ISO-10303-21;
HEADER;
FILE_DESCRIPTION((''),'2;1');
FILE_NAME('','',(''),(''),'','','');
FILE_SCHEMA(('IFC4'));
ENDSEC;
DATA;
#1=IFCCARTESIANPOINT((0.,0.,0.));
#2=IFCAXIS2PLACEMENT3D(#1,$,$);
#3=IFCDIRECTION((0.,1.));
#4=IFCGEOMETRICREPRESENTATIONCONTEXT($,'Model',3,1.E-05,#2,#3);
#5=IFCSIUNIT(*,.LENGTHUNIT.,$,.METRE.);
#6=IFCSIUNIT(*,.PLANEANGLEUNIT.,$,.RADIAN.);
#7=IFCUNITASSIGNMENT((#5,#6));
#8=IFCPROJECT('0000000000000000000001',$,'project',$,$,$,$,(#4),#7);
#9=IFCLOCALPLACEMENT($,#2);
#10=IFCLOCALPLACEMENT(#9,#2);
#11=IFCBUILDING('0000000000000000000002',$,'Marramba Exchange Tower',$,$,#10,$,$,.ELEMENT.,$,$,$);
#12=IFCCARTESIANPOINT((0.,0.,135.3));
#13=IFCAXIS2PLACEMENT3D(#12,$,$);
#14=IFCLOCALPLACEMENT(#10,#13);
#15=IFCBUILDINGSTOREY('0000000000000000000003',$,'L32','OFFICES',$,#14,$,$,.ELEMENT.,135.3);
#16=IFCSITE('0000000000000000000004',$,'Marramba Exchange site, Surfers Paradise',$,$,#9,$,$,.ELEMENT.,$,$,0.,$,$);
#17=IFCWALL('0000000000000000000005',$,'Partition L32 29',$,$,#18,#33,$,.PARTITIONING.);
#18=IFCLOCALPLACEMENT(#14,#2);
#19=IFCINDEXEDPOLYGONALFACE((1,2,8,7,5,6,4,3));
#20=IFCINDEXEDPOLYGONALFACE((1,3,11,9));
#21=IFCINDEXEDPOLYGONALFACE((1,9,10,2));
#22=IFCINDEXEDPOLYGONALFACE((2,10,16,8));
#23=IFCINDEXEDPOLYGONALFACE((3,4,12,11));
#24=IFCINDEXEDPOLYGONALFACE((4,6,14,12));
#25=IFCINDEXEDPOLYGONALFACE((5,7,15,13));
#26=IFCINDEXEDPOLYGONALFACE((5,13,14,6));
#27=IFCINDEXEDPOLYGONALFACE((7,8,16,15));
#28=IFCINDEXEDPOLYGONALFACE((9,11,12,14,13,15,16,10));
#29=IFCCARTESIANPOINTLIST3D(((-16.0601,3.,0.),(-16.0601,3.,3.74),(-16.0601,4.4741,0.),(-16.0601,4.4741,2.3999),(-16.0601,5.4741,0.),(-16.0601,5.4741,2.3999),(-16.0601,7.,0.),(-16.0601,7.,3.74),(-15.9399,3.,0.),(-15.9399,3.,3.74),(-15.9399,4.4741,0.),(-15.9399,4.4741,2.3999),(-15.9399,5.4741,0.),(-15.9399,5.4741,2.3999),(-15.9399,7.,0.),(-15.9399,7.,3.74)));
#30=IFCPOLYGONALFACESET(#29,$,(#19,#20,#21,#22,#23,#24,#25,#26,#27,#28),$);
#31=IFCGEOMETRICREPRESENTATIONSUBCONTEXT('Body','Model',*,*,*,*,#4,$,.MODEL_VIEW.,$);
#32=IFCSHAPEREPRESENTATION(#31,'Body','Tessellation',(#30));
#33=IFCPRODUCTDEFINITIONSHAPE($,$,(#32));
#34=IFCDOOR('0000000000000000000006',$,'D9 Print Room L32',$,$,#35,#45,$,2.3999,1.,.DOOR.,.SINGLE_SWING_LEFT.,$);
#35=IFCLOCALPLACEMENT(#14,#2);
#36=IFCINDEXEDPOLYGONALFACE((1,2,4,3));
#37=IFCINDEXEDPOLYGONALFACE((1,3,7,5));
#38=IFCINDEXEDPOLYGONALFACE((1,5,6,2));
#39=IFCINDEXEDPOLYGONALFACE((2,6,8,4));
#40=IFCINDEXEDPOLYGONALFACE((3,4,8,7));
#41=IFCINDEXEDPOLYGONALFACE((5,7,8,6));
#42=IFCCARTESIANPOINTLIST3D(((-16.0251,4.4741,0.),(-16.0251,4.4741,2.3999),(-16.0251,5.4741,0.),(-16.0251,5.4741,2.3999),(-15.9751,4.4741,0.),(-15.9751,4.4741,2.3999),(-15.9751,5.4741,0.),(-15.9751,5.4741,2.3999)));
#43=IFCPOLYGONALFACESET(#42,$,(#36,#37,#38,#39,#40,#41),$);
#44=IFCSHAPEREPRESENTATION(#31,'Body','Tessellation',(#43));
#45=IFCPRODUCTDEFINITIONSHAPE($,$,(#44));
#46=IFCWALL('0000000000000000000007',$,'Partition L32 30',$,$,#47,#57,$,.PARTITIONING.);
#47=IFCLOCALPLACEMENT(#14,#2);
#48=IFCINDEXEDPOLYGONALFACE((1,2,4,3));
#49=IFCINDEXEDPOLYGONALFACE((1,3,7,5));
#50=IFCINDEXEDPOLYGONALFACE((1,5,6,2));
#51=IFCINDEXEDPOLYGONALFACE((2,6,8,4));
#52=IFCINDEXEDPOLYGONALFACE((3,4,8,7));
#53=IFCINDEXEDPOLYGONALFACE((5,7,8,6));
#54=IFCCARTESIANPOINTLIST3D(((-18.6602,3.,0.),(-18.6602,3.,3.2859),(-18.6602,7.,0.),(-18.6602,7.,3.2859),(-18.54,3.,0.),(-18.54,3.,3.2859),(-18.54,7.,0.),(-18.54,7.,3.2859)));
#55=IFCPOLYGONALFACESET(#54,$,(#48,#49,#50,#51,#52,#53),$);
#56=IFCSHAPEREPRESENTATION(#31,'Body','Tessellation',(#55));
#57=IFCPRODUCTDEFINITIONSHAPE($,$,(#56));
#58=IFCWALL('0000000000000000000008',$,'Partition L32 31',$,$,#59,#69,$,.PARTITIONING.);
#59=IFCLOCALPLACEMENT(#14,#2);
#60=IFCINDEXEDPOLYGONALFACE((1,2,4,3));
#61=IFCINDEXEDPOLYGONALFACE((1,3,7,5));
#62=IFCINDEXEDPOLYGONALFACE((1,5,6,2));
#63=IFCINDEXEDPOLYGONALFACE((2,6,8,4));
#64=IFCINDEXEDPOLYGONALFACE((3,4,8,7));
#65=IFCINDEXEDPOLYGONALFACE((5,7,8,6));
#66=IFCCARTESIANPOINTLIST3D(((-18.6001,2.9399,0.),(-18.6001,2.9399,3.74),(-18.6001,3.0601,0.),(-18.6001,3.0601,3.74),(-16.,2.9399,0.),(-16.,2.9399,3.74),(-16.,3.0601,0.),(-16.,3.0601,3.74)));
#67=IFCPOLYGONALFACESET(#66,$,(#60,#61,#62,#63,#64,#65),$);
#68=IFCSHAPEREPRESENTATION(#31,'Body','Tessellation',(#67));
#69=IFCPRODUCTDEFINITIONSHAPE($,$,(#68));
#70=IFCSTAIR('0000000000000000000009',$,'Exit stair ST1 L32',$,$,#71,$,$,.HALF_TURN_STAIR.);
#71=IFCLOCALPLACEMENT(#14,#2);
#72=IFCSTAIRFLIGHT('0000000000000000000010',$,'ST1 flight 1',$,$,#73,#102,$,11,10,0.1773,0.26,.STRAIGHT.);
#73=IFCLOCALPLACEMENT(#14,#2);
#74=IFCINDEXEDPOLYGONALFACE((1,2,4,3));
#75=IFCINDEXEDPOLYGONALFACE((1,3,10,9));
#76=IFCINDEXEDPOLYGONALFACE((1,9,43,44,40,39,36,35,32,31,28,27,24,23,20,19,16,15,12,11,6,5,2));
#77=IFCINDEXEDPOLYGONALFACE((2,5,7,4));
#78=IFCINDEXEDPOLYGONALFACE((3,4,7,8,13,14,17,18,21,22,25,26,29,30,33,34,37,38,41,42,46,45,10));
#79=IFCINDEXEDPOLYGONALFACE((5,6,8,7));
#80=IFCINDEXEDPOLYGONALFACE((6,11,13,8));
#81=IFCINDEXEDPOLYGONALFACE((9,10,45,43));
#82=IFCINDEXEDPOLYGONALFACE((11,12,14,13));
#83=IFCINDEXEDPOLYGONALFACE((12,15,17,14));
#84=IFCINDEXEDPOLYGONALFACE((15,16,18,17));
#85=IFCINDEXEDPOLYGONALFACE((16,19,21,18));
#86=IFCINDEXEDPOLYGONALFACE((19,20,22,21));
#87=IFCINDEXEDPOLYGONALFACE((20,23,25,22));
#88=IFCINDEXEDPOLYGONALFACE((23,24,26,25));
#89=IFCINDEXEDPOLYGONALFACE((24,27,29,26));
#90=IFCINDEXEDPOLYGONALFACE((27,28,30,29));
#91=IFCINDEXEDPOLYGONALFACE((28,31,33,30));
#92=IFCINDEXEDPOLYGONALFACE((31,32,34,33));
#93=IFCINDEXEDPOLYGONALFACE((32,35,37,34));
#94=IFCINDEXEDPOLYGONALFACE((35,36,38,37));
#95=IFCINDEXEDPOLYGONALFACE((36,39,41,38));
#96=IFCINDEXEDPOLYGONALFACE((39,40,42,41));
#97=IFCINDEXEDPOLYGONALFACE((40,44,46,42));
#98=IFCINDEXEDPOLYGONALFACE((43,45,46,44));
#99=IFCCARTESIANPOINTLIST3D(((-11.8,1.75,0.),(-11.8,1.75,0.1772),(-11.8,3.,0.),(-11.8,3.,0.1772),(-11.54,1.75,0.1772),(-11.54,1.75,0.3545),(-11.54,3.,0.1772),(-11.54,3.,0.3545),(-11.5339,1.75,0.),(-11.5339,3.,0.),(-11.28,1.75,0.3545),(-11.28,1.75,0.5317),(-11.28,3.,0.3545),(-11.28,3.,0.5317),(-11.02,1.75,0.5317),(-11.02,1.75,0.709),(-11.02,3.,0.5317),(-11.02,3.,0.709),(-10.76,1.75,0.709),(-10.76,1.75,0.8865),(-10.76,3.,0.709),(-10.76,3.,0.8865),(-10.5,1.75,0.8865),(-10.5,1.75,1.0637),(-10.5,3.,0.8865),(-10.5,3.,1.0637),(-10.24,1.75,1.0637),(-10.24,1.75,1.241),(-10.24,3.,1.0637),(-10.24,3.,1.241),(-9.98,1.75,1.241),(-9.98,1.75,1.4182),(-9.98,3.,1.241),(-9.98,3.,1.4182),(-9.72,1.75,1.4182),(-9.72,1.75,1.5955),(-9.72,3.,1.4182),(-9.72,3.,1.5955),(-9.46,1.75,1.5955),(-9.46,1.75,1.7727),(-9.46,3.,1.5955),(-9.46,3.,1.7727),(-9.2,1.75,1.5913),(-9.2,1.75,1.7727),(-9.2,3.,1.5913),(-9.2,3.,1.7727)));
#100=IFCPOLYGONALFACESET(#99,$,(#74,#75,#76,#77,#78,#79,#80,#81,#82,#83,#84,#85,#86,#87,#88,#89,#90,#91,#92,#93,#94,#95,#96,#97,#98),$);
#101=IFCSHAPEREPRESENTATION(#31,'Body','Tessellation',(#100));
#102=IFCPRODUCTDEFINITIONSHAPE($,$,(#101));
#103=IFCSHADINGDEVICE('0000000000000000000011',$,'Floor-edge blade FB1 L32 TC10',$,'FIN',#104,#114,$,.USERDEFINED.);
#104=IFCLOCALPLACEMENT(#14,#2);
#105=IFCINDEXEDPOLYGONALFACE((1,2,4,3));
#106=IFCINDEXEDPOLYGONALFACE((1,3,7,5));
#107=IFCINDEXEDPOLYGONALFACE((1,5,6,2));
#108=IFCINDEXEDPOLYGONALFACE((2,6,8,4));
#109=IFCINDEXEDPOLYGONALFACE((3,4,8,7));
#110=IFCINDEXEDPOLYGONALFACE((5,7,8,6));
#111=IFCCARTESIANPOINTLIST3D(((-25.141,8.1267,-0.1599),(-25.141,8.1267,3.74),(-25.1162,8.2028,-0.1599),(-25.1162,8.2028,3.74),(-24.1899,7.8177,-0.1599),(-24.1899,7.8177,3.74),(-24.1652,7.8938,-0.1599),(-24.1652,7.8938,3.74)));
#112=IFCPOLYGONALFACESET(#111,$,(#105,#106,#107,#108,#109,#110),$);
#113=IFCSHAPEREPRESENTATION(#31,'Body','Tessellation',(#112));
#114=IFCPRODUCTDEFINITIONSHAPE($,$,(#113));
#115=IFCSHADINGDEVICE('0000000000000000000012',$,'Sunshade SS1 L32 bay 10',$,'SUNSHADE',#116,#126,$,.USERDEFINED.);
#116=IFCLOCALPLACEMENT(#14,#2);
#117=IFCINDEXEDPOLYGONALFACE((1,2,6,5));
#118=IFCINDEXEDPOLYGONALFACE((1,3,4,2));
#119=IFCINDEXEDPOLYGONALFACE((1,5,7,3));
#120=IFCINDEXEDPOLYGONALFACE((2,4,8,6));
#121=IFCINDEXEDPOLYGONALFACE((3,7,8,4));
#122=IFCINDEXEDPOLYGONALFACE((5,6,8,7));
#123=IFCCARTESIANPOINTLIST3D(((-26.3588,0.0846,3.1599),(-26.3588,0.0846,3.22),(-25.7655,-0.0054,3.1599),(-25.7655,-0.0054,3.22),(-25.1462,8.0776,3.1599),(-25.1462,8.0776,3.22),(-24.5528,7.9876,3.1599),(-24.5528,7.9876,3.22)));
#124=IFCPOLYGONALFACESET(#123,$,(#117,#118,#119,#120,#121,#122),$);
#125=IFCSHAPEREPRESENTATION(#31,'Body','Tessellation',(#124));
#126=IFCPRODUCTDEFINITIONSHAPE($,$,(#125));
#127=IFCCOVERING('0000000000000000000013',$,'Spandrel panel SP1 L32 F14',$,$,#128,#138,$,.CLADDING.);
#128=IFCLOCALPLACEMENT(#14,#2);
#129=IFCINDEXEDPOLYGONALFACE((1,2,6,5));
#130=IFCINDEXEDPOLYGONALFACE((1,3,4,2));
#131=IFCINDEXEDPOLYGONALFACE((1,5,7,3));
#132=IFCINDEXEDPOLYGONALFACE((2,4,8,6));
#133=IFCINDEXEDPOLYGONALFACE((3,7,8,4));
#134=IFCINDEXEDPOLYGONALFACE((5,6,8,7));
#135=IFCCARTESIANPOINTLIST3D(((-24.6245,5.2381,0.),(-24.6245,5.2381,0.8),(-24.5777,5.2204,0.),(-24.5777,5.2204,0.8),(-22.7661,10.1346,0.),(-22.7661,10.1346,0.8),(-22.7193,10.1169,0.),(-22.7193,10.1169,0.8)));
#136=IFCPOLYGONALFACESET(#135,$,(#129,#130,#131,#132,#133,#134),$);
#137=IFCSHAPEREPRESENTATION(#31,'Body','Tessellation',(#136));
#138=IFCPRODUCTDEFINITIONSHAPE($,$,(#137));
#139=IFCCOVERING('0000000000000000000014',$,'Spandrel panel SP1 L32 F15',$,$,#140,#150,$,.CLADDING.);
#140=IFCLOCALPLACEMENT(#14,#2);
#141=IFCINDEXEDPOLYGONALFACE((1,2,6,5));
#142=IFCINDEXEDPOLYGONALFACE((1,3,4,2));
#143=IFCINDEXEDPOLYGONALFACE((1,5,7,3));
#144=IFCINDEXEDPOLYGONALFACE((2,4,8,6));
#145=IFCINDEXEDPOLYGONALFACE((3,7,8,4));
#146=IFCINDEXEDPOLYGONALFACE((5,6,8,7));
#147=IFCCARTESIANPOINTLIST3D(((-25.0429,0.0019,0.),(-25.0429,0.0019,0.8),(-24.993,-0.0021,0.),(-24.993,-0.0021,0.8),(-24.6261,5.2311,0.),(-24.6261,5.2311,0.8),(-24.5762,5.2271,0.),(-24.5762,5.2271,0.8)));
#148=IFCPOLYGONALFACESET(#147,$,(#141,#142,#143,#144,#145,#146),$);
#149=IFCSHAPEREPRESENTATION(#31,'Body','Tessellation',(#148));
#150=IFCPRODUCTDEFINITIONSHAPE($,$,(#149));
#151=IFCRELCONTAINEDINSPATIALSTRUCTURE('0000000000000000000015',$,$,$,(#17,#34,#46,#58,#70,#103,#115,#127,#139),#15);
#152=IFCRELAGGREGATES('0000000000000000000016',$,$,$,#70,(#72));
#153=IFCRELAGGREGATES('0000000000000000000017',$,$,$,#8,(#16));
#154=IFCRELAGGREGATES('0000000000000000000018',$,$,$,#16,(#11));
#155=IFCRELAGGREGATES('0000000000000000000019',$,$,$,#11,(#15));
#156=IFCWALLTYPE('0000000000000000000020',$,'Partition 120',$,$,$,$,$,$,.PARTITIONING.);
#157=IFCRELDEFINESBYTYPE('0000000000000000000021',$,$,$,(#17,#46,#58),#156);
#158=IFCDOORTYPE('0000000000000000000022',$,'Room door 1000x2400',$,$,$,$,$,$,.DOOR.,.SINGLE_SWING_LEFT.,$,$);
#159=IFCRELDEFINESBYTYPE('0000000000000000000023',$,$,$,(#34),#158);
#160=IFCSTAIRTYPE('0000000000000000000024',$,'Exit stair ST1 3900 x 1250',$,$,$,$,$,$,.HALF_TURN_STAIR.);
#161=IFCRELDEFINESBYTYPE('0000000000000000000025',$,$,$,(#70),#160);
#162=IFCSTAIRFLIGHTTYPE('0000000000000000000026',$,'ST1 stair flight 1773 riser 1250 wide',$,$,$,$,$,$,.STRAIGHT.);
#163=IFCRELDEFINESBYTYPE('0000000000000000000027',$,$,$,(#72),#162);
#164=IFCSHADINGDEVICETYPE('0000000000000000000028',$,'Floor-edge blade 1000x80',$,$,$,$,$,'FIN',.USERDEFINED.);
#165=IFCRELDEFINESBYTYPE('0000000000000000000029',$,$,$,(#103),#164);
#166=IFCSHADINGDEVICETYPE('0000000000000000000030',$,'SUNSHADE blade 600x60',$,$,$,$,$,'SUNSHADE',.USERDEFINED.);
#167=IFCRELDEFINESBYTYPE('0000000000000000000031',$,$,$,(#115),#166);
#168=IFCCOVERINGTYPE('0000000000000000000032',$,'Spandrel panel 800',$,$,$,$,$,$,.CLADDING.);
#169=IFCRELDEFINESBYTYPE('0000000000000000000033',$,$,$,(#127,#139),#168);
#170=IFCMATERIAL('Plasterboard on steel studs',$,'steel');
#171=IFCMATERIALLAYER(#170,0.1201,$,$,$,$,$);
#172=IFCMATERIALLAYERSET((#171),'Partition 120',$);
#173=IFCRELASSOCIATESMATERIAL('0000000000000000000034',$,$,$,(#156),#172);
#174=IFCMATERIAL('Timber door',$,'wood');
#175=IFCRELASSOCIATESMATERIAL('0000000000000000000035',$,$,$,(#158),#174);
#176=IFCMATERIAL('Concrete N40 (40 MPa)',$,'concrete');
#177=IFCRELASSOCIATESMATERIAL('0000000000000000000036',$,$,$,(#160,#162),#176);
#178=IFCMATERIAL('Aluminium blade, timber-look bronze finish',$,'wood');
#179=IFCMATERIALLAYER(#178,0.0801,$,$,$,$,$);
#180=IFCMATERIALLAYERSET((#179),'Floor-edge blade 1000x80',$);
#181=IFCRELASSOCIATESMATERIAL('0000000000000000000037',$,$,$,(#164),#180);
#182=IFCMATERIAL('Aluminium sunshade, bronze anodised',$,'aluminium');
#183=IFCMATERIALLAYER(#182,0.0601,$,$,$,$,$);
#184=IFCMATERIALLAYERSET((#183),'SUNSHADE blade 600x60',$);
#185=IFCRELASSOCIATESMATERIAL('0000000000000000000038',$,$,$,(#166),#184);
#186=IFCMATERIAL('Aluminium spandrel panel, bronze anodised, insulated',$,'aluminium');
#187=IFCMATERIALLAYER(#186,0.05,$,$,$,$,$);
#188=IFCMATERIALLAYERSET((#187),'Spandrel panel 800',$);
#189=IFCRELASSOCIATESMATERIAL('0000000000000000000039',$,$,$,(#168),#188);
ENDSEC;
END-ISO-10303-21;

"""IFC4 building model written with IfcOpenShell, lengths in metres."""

from ifc_helpers import new_model, si_unit, direction, frame, frame_2d, origin, origin_2d, place, context, subcontext, project, spatial, polyline, rectangle, outline, extrude, material, layer, layer_set, type_object, element, fill, aggregate, save


model = new_model("IFC4")

# Units and contexts
model_context = context("Model", 3, precision=1e-05, world=origin(), true_north=direction((0.0, 1.0)))
body_context = subcontext(model_context, "Body", "Model", "MODEL_VIEW")
ifc_project = project(units=[si_unit("LENGTHUNIT", "METRE"), si_unit("PLANEANGLEUNIT", "RADIAN")], contexts=[model_context])

# Site, building, storey
site_placement = place(None, origin())
site = spatial("IfcSite", under=ifc_project, at=site_placement, Name="Marramba Exchange site, Surfers Paradise", CompositionType="ELEMENT", RefElevation=0.0)
building_placement = place(site_placement, origin())
building = spatial("IfcBuilding", under=site, at=building_placement, Name="Marramba Exchange Tower", CompositionType="ELEMENT")
storey_placement = place(building_placement, frame((0.0, 0.0, 135.3)))
storey = spatial("IfcBuildingStorey", under=building, at=storey_placement, Name="L32", Description="OFFICES", CompositionType="ELEMENT", Elevation=135.3)

# Shared definitions
ifc_material_1 = material(Name="Plasterboard on steel studs", Category="steel")
ifc_layer_1 = layer(ifc_material_1, 0.1201)
ifc_layer_set_1 = layer_set([ifc_layer_1], Name="Partition 120")
wall_type_1 = type_object("IfcWallType", Name="Partition 120", PredefinedType="PARTITIONING", material=ifc_layer_set_1)

# Wall, opening, door
wall_1_placement = place(storey_placement, frame((-16.0, 7.0, 0.0), z_axis=(0.0, 0.0, 1.0), x_axis=(0.0, -1.0, 0.0)))
wall_1 = element("IfcWall", 1, at=wall_1_placement, inside=storey, type_object=wall_type_1, Name="Partition L32 29", PredefinedType="PARTITIONING", context=body_context, shape_type="SweptSolid", body=[
    extrude(rectangle(XDim=4.0, YDim=0.1201, at=frame_2d((2.0, 0.0))), origin(), (0.0, 0.0, 1.0), 3.74),
])
opening_1_placement = place(wall_1_placement, frame((1.5259, 0.0, 0.0)))
opening_1 = element("IfcOpeningElement", 2, at=opening_1_placement, cuts=wall_1, PredefinedType="OPENING", context=body_context, shape_type="SweptSolid", body=[
    extrude(rectangle(XDim=1.0, YDim=2.3999, at=frame_2d((0.5, 1.2))), frame((0.0, 0.0701, 0.0), z_axis=(0.0, -1.0, 0.0), x_axis=(1.0, 0.0, 0.0)), (0.0, 0.0, 1.0), 0.1401),
])
ifc_material_2 = material(Name="Timber door", Category="wood")
door_type_1 = type_object("IfcDoorType", Name="Room door 1000x2400", OperationType="SINGLE_SWING_LEFT", PredefinedType="DOOR", material=ifc_material_2)
door_1_placement = place(opening_1_placement, frame((1.0, 0.0, 0.0), z_axis=(0.0, 0.0, 1.0), x_axis=(-1.0, 0.0, 0.0)))
door_1 = element("IfcDoor", 3, at=door_1_placement, inside=storey, type_object=door_type_1, Name="D9 Print Room L32", OperationType="SINGLE_SWING_LEFT", OverallHeight=2.3999, OverallWidth=1.0, PredefinedType="DOOR", context=body_context, shape_type="SweptSolid", body=[
    extrude(rectangle(XDim=1.0, YDim=2.3999, at=frame_2d((0.5, 1.2))), frame((0.0, 0.0251, 0.0), z_axis=(0.0, -1.0, 0.0), x_axis=(1.0, 0.0, 0.0)), (0.0, 0.0, 1.0), 0.05),
])
fill(opening_1, door_1)

# Walls
wall_2_placement = place(storey_placement, frame((-18.6001, 3.0, 0.0), z_axis=(0.0, 0.0, 1.0), x_axis=(0.0, 1.0, 0.0)))
element("IfcWall", 4, at=wall_2_placement, inside=storey, type_object=wall_type_1, Name="Partition L32 30", PredefinedType="PARTITIONING", context=body_context, shape_type="SweptSolid", body=[
    extrude(rectangle(XDim=4.0, YDim=0.1201, at=frame_2d((2.0, 0.0))), origin(), (0.0, 0.0, 1.0), 3.2859),
])
wall_3_placement = place(storey_placement, frame((-16.0, 3.0, 0.0), z_axis=(0.0, 0.0, 1.0), x_axis=(-1.0, 0.0, 0.0)))
element("IfcWall", 5, at=wall_3_placement, inside=storey, type_object=wall_type_1, Name="Partition L32 31", PredefinedType="PARTITIONING", context=body_context, shape_type="SweptSolid", body=[
    extrude(rectangle(XDim=2.6001, YDim=0.1201, at=frame_2d((1.3, 0.0))), origin(), (0.0, 0.0, 1.0), 3.74),
])

# Stair, stair flight
ifc_material_3 = material(Name="Concrete N40 (40 MPa)", Category="concrete")
stair_type = type_object("IfcStairType", Name="Exit stair ST1 3900 x 1250", PredefinedType="HALF_TURN_STAIR", material=ifc_material_3)
stair_placement = place(storey_placement, origin())
stair = element("IfcStair", 6, at=stair_placement, inside=storey, type_object=stair_type, Name="Exit stair ST1 L32", PredefinedType="HALF_TURN_STAIR")
stair_flight_type = type_object("IfcStairFlightType", Name="ST1 stair flight 1773 riser 1250 wide", PredefinedType="STRAIGHT", material=ifc_material_3)
stair_flight_placement = place(storey_placement, frame((-11.8, 2.375, 0.0), z_axis=(0.0, 0.0, 1.0), x_axis=(1.0, 0.0, 0.0)))
stair_flight = element("IfcStairFlight", 7, at=stair_flight_placement, type_object=stair_flight_type, Name="ST1 flight 1", NumberOfRisers=11, NumberOfTreads=10, PredefinedType="STRAIGHT", RiserHeight=0.1773, TreadLength=0.26, context=body_context, shape_type="SweptSolid", body=[
    extrude(outline(polyline([(0.0, 0.0), (0.0, 0.1772), (0.26, 0.1772), (0.26, 0.3545), (0.52, 0.3545), (0.52, 0.5317), (0.78, 0.5317), (0.78, 0.709), (1.04, 0.709), (1.04, 0.8865), (1.3, 0.8865), (1.3, 1.0637), (1.5601, 1.0637), (1.5601, 1.241), (1.8201, 1.241), (1.8201, 1.4182), (2.0801, 1.4182), (2.0801, 1.5955), (2.3401, 1.5955), (2.3401, 1.7727), (2.6001, 1.7727), (2.6001, 1.95), (2.6001, 1.5913), (0.2661, 0.0), (0.0, 0.0)])), frame((0.0, 0.625, 0.0), z_axis=(0.0, -1.0, 0.0), x_axis=(1.0, 0.0, 0.0)), (0.0, 0.0, 1.0), 1.25),
])
aggregate(stair, [stair_flight])

# Shading devices
ifc_material_4 = material(Name="Aluminium blade, timber-look bronze finish", Category="wood")
ifc_layer_2 = layer(ifc_material_4, 0.0801)
ifc_layer_set_2 = layer_set([ifc_layer_2], Name="Floor-edge blade 1000x80")
shading_device_type_1 = type_object("IfcShadingDeviceType", Name="Floor-edge blade 1000x80", ElementType="FIN", PredefinedType="USERDEFINED", material=ifc_layer_set_2)
shading_device_1_placement = place(storey_placement, frame((-24.6531, 8.0103, -0.1599), z_axis=(0.0, 0.0, 1.0), x_axis=(-0.951057, 0.309017, 0.0)))
element("IfcShadingDevice", 8, at=shading_device_1_placement, inside=storey, type_object=shading_device_type_1, Name="Floor-edge blade FB1 L32 TC10", ObjectType="FIN", PredefinedType="USERDEFINED", context=body_context, shape_type="SweptSolid", body=[
    extrude(rectangle(XDim=1.0, YDim=0.0801, at=origin_2d()), origin(), (0.0, 0.0, 1.0), 3.8999),
])
ifc_material_5 = material(Name="Aluminium sunshade, bronze anodised", Category="aluminium")
ifc_layer_3 = layer(ifc_material_5, 0.0601)
ifc_layer_set_3 = layer_set([ifc_layer_3], Name="SUNSHADE blade 600x60")
shading_device_type_2 = type_object("IfcShadingDeviceType", Name="SUNSHADE blade 600x60", ElementType="SUNSHADE", PredefinedType="USERDEFINED", material=ifc_layer_set_3)
shading_device_2_placement = place(storey_placement, frame((-25.4558, 4.0361, 3.1599), z_axis=(0.0, 0.0, 1.0), x_axis=(-0.149993, -0.988687, 0.0)))
element("IfcShadingDevice", 9, at=shading_device_2_placement, inside=storey, type_object=shading_device_type_2, Name="Sunshade SS1 L32 bay 10", ObjectType="SUNSHADE", PredefinedType="USERDEFINED", context=body_context, shape_type="SweptSolid", body=[
    extrude(rectangle(XDim=8.0845, YDim=0.6001, at=origin_2d()), origin(), (0.0, 0.0, 1.0), 0.0601),
])

# Coverings
ifc_material_6 = material(Name="Aluminium spandrel panel, bronze anodised, insulated", Category="aluminium")
ifc_layer_4 = layer(ifc_material_6, 0.05)
ifc_layer_set_4 = layer_set([ifc_layer_4], Name="Spandrel panel 800")
covering_type = type_object("IfcCoveringType", Name="Spandrel panel 800", PredefinedType="CLADDING", material=ifc_layer_set_4)
covering_1_placement = place(storey_placement, frame((-23.6719, 7.6775, 0.0), z_axis=(0.0, 0.0, 1.0), x_axis=(-0.354844, -0.934925, 0.0)))
element("IfcCovering", 10, at=covering_1_placement, inside=storey, type_object=covering_type, Name="Spandrel panel SP1 L32 F14", PredefinedType="CLADDING", context=body_context, shape_type="SweptSolid", body=[
    extrude(rectangle(XDim=5.2373, YDim=0.05, at=origin_2d()), origin(), (0.0, 0.0, 1.0), 0.8),
])
covering_2_placement = place(storey_placement, frame((-24.8096, 2.6145, 0.0), z_axis=(0.0, 0.0, 1.0), x_axis=(-0.07946, -0.996838, 0.0)))
element("IfcCovering", 11, at=covering_2_placement, inside=storey, type_object=covering_type, Name="Spandrel panel SP1 L32 F15", PredefinedType="CLADDING", context=body_context, shape_type="SweptSolid", body=[
    extrude(rectangle(XDim=5.2458, YDim=0.05, at=origin_2d()), origin(), (0.0, 0.0, 1.0), 0.8),
])

save(model, "model.ifc")
